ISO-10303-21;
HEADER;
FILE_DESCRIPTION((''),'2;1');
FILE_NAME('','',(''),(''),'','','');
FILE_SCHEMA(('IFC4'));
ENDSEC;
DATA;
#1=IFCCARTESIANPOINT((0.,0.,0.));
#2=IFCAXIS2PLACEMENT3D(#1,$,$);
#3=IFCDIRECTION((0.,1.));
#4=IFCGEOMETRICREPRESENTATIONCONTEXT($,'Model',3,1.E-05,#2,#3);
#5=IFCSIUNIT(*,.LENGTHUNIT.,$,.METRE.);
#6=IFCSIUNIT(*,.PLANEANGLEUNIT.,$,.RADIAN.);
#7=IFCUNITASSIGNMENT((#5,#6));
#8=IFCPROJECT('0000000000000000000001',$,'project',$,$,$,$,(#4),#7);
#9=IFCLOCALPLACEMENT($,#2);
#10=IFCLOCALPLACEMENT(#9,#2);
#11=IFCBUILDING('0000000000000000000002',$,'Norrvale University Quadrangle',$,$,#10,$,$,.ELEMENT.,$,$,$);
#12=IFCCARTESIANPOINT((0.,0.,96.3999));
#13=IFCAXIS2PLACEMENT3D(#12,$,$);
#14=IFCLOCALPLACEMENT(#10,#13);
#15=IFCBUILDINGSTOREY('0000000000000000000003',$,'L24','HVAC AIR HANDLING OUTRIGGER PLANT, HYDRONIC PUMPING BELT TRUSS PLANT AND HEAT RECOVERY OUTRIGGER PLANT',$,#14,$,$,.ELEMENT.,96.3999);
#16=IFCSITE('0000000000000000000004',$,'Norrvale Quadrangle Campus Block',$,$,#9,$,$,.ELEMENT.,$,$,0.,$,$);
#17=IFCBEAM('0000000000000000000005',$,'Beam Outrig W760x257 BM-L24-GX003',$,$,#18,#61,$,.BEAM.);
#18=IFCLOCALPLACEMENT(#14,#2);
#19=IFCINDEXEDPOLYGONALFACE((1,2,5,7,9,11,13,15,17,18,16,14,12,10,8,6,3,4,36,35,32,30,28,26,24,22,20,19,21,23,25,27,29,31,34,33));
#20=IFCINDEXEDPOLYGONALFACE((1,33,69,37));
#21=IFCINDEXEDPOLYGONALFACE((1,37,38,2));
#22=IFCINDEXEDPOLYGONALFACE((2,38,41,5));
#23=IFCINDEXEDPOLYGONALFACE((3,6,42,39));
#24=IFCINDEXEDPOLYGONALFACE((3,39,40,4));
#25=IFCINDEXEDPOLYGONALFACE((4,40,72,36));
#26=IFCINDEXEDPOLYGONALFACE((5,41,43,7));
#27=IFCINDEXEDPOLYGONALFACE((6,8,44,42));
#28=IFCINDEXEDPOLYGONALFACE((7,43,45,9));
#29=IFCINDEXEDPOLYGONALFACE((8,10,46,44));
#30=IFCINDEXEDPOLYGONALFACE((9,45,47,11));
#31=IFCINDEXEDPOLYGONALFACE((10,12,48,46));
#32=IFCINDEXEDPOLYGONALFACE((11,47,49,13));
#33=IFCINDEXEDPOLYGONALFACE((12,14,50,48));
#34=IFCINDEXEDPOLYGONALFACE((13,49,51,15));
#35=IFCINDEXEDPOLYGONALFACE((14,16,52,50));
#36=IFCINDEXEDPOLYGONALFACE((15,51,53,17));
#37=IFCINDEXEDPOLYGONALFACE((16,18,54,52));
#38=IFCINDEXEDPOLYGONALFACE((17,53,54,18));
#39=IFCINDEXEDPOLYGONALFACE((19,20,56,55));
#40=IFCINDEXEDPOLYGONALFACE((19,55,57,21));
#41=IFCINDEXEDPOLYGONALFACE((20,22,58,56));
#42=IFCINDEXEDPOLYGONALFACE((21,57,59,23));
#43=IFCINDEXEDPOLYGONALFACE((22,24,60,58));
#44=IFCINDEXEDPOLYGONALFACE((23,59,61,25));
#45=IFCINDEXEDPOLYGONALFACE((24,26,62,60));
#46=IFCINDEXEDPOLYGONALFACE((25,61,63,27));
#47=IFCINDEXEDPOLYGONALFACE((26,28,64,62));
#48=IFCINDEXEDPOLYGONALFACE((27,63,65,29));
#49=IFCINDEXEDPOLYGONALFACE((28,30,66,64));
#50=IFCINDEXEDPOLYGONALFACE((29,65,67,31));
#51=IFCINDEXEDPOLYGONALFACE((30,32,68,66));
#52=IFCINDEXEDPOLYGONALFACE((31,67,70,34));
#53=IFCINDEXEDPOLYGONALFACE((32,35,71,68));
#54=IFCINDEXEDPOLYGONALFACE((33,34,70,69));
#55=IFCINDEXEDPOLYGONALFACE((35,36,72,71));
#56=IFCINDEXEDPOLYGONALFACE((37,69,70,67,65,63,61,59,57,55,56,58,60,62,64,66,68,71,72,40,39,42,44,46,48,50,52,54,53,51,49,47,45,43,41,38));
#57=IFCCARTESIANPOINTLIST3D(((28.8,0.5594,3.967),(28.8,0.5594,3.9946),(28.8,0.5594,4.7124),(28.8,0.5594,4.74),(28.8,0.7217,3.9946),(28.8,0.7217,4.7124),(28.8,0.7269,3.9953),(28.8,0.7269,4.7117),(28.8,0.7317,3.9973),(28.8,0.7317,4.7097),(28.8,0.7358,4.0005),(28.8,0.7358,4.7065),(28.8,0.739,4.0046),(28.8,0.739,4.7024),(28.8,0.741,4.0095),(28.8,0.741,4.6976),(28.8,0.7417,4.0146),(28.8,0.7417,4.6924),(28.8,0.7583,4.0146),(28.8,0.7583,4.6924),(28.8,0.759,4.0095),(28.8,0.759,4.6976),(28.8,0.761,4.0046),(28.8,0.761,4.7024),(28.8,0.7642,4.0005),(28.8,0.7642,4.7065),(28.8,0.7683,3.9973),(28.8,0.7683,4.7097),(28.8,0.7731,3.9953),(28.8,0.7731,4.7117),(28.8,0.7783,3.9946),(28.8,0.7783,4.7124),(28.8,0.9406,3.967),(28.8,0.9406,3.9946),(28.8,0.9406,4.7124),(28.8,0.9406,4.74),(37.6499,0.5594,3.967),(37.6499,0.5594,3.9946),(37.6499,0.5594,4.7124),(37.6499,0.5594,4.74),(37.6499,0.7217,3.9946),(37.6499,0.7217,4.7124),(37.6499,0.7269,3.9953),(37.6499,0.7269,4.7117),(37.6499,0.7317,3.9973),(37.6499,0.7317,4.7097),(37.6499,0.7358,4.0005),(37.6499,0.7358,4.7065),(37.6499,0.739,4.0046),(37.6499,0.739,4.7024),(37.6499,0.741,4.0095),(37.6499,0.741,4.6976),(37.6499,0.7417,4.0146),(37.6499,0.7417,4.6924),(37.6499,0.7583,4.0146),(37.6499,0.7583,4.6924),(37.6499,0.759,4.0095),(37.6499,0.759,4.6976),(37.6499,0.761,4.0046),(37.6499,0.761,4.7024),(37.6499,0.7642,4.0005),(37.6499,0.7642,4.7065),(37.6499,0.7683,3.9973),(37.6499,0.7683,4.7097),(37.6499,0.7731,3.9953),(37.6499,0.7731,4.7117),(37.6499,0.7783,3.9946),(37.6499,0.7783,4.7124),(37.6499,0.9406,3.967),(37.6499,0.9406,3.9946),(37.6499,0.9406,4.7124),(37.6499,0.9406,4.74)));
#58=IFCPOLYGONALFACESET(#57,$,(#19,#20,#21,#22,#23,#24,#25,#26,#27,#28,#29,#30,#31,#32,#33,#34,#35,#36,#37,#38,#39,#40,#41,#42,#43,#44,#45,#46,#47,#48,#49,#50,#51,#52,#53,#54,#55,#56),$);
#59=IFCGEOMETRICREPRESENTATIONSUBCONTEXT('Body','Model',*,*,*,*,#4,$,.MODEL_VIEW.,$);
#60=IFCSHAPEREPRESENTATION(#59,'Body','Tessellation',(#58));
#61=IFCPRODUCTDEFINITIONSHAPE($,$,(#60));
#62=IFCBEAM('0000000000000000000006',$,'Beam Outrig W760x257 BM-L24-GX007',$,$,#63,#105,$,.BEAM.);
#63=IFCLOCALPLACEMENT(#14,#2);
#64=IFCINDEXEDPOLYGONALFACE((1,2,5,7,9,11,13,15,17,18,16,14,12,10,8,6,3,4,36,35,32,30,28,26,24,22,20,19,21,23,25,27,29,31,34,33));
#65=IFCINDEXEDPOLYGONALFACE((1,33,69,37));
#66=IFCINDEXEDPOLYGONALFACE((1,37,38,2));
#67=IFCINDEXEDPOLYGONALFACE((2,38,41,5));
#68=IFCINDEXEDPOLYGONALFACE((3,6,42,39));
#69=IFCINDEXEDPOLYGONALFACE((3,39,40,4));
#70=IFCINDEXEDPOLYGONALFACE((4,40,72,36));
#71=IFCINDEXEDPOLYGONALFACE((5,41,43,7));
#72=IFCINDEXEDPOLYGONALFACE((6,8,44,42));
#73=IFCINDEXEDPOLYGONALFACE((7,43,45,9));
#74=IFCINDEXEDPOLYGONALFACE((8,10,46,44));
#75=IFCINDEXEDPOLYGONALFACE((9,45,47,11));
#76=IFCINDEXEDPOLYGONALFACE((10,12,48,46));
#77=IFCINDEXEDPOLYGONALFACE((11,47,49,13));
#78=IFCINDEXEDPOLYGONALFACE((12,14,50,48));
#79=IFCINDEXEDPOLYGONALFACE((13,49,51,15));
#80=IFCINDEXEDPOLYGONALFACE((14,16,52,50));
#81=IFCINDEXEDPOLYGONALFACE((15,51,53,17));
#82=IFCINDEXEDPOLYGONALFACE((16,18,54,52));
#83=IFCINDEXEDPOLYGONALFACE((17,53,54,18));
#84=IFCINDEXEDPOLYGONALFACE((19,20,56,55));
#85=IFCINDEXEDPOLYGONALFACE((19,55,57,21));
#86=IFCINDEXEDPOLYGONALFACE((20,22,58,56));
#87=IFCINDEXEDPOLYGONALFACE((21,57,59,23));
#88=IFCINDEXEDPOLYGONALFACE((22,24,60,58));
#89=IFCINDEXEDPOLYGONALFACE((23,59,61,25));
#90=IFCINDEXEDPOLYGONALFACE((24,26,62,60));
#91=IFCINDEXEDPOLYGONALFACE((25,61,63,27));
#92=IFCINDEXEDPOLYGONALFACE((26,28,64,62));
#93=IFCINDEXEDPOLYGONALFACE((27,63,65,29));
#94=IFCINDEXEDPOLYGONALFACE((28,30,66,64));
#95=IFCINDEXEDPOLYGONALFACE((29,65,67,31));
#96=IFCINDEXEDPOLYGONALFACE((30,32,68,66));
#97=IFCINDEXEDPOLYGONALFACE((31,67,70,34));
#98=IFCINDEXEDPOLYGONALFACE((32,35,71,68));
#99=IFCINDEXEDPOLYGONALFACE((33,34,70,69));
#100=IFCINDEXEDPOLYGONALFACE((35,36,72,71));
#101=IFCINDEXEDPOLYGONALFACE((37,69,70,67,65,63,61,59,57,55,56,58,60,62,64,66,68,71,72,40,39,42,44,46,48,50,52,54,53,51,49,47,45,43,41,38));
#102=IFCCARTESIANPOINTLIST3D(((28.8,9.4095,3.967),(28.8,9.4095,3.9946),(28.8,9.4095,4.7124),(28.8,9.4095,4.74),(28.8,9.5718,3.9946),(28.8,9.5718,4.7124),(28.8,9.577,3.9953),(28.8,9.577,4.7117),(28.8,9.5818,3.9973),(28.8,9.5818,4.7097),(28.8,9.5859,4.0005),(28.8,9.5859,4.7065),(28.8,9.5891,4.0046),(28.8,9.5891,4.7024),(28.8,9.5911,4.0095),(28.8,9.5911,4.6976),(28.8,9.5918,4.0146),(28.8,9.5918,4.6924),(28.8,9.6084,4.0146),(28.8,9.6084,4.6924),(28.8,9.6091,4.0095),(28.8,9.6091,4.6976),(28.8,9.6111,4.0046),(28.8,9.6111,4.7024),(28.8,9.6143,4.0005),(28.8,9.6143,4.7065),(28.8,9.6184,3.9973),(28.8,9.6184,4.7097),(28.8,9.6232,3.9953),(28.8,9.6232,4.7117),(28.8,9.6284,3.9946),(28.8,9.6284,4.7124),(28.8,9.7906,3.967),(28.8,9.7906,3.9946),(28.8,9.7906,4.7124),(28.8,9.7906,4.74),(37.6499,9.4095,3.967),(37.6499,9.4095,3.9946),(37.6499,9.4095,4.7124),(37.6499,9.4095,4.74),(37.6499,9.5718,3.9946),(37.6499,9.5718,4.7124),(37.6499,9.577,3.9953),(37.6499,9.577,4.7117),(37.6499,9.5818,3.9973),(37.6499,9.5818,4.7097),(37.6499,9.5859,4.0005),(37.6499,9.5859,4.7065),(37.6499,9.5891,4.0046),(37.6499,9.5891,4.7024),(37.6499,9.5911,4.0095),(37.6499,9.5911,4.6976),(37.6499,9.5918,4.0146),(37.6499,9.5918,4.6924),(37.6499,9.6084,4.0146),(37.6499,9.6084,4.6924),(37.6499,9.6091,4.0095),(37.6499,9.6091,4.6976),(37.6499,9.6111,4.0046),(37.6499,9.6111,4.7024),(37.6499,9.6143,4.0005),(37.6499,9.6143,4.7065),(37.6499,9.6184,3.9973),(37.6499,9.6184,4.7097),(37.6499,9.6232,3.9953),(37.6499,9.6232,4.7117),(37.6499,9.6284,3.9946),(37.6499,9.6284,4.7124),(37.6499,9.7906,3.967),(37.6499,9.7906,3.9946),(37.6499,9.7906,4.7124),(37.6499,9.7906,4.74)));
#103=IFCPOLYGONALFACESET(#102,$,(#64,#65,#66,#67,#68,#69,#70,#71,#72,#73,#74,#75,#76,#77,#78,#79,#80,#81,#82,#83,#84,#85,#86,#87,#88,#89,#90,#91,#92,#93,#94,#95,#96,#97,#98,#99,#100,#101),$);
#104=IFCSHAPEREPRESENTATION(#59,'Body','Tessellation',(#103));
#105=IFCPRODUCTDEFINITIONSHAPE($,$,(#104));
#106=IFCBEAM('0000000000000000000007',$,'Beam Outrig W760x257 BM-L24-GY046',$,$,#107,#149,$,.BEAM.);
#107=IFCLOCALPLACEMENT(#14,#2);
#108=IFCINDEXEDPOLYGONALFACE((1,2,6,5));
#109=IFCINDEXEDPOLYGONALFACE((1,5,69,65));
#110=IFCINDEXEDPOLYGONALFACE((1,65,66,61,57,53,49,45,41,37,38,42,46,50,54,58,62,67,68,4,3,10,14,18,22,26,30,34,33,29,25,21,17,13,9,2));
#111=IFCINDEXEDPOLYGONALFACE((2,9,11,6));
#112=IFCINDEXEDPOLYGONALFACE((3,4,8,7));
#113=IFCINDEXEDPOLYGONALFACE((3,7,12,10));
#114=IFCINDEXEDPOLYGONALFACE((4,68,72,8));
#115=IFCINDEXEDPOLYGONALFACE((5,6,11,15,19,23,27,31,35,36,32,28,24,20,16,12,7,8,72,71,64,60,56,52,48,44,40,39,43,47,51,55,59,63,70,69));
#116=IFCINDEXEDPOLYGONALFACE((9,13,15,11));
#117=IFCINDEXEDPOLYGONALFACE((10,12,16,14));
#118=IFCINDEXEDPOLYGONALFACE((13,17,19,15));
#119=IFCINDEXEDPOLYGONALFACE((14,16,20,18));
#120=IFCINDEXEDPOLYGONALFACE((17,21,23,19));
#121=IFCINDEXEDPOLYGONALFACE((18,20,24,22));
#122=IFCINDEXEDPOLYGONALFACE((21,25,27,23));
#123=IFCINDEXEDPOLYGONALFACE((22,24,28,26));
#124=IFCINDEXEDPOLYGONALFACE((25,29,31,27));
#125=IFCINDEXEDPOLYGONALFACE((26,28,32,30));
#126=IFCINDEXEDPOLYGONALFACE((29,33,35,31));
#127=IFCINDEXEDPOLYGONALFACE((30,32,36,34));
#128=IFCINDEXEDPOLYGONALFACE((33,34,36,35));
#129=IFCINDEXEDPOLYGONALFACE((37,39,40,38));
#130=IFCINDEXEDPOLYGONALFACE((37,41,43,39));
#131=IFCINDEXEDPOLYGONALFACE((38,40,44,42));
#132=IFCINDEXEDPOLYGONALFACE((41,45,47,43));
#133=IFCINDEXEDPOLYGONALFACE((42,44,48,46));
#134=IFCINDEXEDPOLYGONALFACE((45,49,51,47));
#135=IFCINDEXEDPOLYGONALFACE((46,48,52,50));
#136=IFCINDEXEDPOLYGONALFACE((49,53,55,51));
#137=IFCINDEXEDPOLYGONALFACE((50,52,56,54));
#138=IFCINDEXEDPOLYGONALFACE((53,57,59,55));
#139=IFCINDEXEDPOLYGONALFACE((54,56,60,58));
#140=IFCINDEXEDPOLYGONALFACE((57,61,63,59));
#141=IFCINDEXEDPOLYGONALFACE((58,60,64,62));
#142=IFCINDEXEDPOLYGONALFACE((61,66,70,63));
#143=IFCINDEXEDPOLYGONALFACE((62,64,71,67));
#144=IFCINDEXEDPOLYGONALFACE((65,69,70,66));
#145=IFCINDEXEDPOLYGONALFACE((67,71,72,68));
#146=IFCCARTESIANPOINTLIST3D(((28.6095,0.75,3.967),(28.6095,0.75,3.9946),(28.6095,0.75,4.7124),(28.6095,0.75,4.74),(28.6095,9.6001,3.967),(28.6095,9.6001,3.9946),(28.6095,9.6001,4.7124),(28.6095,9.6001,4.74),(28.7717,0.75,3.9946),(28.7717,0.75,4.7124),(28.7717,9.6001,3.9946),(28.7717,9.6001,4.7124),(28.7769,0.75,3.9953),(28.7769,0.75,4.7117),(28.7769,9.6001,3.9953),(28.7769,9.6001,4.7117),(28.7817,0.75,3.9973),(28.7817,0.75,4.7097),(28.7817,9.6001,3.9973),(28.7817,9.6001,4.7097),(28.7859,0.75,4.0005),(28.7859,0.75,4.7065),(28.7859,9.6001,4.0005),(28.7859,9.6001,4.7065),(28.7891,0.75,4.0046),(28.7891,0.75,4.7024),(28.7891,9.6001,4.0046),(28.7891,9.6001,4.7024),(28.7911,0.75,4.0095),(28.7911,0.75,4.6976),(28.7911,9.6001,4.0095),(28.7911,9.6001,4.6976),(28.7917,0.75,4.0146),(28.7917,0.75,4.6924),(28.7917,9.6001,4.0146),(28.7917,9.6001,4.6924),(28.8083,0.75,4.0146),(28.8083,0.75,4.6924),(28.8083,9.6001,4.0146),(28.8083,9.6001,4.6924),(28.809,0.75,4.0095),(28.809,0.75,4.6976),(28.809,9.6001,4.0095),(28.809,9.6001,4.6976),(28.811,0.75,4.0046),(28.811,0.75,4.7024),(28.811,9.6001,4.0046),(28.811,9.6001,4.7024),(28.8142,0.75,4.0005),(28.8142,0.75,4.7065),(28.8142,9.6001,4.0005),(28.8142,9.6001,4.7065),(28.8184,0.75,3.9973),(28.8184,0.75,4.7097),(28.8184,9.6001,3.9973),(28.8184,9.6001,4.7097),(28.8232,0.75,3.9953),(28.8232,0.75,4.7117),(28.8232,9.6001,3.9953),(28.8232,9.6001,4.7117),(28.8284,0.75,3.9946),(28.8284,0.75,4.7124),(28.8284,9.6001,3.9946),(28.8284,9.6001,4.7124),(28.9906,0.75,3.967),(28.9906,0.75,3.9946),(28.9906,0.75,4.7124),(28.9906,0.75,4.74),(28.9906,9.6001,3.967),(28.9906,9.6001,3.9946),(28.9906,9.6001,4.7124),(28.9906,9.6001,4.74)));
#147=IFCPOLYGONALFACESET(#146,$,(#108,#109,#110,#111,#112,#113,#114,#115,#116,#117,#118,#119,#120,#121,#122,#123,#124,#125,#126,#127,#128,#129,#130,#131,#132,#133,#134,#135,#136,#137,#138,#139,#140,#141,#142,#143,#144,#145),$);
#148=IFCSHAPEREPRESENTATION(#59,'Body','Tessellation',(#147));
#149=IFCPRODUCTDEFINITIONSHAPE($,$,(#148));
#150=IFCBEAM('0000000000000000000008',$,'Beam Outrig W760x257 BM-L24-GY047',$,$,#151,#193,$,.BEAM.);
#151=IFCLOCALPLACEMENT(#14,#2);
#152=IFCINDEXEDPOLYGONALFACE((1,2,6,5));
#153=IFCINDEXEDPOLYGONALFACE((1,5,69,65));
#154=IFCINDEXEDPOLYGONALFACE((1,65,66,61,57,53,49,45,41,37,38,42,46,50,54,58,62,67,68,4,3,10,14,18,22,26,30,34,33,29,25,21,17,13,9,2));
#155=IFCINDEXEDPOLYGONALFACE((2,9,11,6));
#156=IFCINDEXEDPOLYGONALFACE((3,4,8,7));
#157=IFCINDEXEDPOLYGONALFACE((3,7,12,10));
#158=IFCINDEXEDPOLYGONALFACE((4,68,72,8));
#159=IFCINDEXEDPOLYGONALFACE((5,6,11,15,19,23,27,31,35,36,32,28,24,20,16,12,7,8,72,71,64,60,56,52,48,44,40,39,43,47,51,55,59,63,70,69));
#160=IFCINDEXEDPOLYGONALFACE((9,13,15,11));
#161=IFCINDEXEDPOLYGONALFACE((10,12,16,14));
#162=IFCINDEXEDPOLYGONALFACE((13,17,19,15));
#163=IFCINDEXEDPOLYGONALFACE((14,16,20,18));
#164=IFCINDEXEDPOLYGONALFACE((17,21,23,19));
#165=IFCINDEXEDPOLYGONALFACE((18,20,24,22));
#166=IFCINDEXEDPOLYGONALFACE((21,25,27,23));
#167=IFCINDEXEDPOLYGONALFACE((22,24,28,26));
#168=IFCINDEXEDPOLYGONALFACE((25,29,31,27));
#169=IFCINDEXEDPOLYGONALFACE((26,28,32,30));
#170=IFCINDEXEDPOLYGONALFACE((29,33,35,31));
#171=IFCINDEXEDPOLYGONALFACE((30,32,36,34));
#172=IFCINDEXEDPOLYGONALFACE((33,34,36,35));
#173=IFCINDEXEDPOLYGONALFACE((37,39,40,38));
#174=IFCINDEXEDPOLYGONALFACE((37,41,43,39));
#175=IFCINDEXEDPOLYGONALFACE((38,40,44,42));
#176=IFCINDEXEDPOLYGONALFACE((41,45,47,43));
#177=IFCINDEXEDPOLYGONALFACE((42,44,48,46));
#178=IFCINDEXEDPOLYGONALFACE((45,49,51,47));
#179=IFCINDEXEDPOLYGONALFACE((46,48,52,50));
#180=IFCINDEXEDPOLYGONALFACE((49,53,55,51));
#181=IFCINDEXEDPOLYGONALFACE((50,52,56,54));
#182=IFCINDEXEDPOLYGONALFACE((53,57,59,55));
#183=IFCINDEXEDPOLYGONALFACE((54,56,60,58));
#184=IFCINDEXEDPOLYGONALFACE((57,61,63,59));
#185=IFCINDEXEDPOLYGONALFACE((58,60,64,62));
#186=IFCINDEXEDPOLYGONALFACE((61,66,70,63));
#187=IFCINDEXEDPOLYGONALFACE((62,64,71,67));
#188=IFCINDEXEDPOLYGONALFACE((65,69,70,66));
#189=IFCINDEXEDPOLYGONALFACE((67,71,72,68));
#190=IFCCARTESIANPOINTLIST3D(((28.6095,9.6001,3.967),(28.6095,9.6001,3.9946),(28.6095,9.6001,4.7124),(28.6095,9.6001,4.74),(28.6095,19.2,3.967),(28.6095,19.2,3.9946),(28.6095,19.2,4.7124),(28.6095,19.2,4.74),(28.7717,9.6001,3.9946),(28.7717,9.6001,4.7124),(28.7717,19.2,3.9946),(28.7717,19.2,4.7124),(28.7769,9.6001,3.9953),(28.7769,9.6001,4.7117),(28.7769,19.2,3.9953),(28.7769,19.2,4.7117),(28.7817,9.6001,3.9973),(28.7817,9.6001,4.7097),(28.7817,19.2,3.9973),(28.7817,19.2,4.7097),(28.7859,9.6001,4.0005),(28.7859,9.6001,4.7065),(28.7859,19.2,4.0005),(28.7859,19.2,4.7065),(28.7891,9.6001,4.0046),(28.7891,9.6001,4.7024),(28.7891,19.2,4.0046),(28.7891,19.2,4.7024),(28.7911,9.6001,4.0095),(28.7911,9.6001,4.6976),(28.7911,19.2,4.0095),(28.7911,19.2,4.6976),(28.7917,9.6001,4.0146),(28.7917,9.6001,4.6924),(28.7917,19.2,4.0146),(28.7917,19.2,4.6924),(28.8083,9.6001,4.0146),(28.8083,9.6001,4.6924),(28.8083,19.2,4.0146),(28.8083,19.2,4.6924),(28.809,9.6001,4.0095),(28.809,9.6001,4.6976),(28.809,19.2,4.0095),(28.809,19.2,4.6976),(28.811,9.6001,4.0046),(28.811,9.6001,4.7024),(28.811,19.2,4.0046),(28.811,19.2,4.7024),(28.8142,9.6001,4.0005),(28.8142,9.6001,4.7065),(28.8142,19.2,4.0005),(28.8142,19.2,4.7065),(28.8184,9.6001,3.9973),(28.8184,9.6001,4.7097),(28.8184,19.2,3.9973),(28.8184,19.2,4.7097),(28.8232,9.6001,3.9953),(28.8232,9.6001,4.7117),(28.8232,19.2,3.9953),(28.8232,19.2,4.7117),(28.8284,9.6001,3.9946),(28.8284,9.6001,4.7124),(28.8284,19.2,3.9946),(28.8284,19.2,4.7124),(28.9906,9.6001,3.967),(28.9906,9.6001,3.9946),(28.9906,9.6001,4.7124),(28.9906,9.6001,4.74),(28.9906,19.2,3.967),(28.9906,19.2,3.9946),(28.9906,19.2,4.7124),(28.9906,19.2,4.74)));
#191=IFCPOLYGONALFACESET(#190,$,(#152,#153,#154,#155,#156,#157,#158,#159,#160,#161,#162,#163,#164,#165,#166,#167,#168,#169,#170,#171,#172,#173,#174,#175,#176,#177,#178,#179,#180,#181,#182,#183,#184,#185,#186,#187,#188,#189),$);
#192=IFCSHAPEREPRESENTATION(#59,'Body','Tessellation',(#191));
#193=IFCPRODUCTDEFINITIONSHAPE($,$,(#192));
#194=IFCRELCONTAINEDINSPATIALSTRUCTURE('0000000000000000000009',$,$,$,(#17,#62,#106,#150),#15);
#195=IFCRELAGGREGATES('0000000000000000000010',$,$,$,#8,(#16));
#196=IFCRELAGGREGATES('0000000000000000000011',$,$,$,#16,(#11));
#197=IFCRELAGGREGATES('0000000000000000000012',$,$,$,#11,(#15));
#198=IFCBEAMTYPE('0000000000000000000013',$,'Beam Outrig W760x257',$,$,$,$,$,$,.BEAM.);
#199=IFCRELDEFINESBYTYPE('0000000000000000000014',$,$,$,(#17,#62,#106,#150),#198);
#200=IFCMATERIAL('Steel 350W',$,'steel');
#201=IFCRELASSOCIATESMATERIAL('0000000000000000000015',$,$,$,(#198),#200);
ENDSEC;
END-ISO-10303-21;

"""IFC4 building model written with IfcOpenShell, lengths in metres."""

from ifc_helpers import new_model, si_unit, direction, frame, origin, origin_2d, place, context, subcontext, project, spatial, i_section, extrude, material, material_profile, profile_set, type_object, element, save


model = new_model("IFC4")

# Units and contexts
model_context = context("Model", 3, precision=1e-05, world=origin(), true_north=direction((0.0, 1.0)))
body_context = subcontext(model_context, "Body", "Model", "MODEL_VIEW")
ifc_project = project(units=[si_unit("LENGTHUNIT", "METRE"), si_unit("PLANEANGLEUNIT", "RADIAN")], contexts=[model_context])

# Site, building, storey
site_placement = place(None, origin())
site = spatial("IfcSite", under=ifc_project, at=site_placement, Name="Norrvale Quadrangle Campus Block", CompositionType="ELEMENT", RefElevation=0.0)
building_placement = place(site_placement, origin())
building = spatial("IfcBuilding", under=site, at=building_placement, Name="Norrvale University Quadrangle", CompositionType="ELEMENT")
storey_placement = place(building_placement, frame((0.0, 0.0, 96.3999)))
storey = spatial("IfcBuildingStorey", under=building, at=storey_placement, Name="L24", Description="HVAC AIR HANDLING OUTRIGGER PLANT, HYDRONIC PUMPING BELT TRUSS PLANT AND HEAT RECOVERY OUTRIGGER PLANT", CompositionType="ELEMENT", Elevation=96.3999)

# Beams
ifc_material_1 = material(Name="Steel 350W", Category="steel")
ifc_material_profile_1 = material_profile(ifc_material_1, i_section(OverallWidth=0.3811, OverallDepth=0.7729, WebThickness=0.0166, FlangeThickness=0.0276, FilletRadius=0.02, at=origin_2d()), Name="Steel 350W")
ifc_profile_set_1 = profile_set([ifc_material_profile_1], Name="Steel 350W")
beam_type_1 = type_object("IfcBeamType", Name="Beam Outrig W760x257", PredefinedType="BEAM", material=ifc_profile_set_1)
for number, where, z_axis, x_axis, name in (
    (1, (28.8, 0.75, 4.3535), (1.0, 0.0, 0.0), (0.0, 1.0, 0.0), "Beam Outrig W760x257 BM-L24-GX003"),
    (2, (28.8, 9.6001, 4.3535), (1.0, 0.0, 0.0), (0.0, 1.0, 0.0), "Beam Outrig W760x257 BM-L24-GX007"),
):
    element("IfcBeam", number, at=place(storey_placement, frame(where, z_axis=z_axis, x_axis=x_axis)), inside=storey, type_object=beam_type_1, Name=name, PredefinedType="BEAM", context=body_context, shape_type="SweptSolid", body=[
        extrude(i_section(OverallWidth=0.3811, OverallDepth=0.7729, WebThickness=0.0166, FlangeThickness=0.0276, FilletRadius=0.02, at=origin_2d()), origin(), (0.0, 0.0, 1.0), 8.8499),
    ])
beam_1_placement = place(storey_placement, frame((28.8, 0.75, 4.3535), z_axis=(0.0, 1.0, 0.0), x_axis=(-1.0, 0.0, 0.0)))
element("IfcBeam", 3, at=beam_1_placement, inside=storey, type_object=beam_type_1, Name="Beam Outrig W760x257 BM-L24-GY046", PredefinedType="BEAM", context=body_context, shape_type="SweptSolid", body=[
    extrude(i_section(OverallWidth=0.3811, OverallDepth=0.7729, WebThickness=0.0166, FlangeThickness=0.0276, FilletRadius=0.02, at=origin_2d()), origin(), (0.0, 0.0, 1.0), 8.8501),
])
beam_2_placement = place(storey_placement, frame((28.8, 9.6001, 4.3535), z_axis=(0.0, 1.0, 0.0), x_axis=(-1.0, 0.0, 0.0)))
element("IfcBeam", 4, at=beam_2_placement, inside=storey, type_object=beam_type_1, Name="Beam Outrig W760x257 BM-L24-GY047", PredefinedType="BEAM", context=body_context, shape_type="SweptSolid", body=[
    extrude(i_section(OverallWidth=0.3811, OverallDepth=0.7729, WebThickness=0.0166, FlangeThickness=0.0276, FilletRadius=0.02, at=origin_2d()), origin(), (0.0, 0.0, 1.0), 9.5999),
])

save(model, "model.ifc")
